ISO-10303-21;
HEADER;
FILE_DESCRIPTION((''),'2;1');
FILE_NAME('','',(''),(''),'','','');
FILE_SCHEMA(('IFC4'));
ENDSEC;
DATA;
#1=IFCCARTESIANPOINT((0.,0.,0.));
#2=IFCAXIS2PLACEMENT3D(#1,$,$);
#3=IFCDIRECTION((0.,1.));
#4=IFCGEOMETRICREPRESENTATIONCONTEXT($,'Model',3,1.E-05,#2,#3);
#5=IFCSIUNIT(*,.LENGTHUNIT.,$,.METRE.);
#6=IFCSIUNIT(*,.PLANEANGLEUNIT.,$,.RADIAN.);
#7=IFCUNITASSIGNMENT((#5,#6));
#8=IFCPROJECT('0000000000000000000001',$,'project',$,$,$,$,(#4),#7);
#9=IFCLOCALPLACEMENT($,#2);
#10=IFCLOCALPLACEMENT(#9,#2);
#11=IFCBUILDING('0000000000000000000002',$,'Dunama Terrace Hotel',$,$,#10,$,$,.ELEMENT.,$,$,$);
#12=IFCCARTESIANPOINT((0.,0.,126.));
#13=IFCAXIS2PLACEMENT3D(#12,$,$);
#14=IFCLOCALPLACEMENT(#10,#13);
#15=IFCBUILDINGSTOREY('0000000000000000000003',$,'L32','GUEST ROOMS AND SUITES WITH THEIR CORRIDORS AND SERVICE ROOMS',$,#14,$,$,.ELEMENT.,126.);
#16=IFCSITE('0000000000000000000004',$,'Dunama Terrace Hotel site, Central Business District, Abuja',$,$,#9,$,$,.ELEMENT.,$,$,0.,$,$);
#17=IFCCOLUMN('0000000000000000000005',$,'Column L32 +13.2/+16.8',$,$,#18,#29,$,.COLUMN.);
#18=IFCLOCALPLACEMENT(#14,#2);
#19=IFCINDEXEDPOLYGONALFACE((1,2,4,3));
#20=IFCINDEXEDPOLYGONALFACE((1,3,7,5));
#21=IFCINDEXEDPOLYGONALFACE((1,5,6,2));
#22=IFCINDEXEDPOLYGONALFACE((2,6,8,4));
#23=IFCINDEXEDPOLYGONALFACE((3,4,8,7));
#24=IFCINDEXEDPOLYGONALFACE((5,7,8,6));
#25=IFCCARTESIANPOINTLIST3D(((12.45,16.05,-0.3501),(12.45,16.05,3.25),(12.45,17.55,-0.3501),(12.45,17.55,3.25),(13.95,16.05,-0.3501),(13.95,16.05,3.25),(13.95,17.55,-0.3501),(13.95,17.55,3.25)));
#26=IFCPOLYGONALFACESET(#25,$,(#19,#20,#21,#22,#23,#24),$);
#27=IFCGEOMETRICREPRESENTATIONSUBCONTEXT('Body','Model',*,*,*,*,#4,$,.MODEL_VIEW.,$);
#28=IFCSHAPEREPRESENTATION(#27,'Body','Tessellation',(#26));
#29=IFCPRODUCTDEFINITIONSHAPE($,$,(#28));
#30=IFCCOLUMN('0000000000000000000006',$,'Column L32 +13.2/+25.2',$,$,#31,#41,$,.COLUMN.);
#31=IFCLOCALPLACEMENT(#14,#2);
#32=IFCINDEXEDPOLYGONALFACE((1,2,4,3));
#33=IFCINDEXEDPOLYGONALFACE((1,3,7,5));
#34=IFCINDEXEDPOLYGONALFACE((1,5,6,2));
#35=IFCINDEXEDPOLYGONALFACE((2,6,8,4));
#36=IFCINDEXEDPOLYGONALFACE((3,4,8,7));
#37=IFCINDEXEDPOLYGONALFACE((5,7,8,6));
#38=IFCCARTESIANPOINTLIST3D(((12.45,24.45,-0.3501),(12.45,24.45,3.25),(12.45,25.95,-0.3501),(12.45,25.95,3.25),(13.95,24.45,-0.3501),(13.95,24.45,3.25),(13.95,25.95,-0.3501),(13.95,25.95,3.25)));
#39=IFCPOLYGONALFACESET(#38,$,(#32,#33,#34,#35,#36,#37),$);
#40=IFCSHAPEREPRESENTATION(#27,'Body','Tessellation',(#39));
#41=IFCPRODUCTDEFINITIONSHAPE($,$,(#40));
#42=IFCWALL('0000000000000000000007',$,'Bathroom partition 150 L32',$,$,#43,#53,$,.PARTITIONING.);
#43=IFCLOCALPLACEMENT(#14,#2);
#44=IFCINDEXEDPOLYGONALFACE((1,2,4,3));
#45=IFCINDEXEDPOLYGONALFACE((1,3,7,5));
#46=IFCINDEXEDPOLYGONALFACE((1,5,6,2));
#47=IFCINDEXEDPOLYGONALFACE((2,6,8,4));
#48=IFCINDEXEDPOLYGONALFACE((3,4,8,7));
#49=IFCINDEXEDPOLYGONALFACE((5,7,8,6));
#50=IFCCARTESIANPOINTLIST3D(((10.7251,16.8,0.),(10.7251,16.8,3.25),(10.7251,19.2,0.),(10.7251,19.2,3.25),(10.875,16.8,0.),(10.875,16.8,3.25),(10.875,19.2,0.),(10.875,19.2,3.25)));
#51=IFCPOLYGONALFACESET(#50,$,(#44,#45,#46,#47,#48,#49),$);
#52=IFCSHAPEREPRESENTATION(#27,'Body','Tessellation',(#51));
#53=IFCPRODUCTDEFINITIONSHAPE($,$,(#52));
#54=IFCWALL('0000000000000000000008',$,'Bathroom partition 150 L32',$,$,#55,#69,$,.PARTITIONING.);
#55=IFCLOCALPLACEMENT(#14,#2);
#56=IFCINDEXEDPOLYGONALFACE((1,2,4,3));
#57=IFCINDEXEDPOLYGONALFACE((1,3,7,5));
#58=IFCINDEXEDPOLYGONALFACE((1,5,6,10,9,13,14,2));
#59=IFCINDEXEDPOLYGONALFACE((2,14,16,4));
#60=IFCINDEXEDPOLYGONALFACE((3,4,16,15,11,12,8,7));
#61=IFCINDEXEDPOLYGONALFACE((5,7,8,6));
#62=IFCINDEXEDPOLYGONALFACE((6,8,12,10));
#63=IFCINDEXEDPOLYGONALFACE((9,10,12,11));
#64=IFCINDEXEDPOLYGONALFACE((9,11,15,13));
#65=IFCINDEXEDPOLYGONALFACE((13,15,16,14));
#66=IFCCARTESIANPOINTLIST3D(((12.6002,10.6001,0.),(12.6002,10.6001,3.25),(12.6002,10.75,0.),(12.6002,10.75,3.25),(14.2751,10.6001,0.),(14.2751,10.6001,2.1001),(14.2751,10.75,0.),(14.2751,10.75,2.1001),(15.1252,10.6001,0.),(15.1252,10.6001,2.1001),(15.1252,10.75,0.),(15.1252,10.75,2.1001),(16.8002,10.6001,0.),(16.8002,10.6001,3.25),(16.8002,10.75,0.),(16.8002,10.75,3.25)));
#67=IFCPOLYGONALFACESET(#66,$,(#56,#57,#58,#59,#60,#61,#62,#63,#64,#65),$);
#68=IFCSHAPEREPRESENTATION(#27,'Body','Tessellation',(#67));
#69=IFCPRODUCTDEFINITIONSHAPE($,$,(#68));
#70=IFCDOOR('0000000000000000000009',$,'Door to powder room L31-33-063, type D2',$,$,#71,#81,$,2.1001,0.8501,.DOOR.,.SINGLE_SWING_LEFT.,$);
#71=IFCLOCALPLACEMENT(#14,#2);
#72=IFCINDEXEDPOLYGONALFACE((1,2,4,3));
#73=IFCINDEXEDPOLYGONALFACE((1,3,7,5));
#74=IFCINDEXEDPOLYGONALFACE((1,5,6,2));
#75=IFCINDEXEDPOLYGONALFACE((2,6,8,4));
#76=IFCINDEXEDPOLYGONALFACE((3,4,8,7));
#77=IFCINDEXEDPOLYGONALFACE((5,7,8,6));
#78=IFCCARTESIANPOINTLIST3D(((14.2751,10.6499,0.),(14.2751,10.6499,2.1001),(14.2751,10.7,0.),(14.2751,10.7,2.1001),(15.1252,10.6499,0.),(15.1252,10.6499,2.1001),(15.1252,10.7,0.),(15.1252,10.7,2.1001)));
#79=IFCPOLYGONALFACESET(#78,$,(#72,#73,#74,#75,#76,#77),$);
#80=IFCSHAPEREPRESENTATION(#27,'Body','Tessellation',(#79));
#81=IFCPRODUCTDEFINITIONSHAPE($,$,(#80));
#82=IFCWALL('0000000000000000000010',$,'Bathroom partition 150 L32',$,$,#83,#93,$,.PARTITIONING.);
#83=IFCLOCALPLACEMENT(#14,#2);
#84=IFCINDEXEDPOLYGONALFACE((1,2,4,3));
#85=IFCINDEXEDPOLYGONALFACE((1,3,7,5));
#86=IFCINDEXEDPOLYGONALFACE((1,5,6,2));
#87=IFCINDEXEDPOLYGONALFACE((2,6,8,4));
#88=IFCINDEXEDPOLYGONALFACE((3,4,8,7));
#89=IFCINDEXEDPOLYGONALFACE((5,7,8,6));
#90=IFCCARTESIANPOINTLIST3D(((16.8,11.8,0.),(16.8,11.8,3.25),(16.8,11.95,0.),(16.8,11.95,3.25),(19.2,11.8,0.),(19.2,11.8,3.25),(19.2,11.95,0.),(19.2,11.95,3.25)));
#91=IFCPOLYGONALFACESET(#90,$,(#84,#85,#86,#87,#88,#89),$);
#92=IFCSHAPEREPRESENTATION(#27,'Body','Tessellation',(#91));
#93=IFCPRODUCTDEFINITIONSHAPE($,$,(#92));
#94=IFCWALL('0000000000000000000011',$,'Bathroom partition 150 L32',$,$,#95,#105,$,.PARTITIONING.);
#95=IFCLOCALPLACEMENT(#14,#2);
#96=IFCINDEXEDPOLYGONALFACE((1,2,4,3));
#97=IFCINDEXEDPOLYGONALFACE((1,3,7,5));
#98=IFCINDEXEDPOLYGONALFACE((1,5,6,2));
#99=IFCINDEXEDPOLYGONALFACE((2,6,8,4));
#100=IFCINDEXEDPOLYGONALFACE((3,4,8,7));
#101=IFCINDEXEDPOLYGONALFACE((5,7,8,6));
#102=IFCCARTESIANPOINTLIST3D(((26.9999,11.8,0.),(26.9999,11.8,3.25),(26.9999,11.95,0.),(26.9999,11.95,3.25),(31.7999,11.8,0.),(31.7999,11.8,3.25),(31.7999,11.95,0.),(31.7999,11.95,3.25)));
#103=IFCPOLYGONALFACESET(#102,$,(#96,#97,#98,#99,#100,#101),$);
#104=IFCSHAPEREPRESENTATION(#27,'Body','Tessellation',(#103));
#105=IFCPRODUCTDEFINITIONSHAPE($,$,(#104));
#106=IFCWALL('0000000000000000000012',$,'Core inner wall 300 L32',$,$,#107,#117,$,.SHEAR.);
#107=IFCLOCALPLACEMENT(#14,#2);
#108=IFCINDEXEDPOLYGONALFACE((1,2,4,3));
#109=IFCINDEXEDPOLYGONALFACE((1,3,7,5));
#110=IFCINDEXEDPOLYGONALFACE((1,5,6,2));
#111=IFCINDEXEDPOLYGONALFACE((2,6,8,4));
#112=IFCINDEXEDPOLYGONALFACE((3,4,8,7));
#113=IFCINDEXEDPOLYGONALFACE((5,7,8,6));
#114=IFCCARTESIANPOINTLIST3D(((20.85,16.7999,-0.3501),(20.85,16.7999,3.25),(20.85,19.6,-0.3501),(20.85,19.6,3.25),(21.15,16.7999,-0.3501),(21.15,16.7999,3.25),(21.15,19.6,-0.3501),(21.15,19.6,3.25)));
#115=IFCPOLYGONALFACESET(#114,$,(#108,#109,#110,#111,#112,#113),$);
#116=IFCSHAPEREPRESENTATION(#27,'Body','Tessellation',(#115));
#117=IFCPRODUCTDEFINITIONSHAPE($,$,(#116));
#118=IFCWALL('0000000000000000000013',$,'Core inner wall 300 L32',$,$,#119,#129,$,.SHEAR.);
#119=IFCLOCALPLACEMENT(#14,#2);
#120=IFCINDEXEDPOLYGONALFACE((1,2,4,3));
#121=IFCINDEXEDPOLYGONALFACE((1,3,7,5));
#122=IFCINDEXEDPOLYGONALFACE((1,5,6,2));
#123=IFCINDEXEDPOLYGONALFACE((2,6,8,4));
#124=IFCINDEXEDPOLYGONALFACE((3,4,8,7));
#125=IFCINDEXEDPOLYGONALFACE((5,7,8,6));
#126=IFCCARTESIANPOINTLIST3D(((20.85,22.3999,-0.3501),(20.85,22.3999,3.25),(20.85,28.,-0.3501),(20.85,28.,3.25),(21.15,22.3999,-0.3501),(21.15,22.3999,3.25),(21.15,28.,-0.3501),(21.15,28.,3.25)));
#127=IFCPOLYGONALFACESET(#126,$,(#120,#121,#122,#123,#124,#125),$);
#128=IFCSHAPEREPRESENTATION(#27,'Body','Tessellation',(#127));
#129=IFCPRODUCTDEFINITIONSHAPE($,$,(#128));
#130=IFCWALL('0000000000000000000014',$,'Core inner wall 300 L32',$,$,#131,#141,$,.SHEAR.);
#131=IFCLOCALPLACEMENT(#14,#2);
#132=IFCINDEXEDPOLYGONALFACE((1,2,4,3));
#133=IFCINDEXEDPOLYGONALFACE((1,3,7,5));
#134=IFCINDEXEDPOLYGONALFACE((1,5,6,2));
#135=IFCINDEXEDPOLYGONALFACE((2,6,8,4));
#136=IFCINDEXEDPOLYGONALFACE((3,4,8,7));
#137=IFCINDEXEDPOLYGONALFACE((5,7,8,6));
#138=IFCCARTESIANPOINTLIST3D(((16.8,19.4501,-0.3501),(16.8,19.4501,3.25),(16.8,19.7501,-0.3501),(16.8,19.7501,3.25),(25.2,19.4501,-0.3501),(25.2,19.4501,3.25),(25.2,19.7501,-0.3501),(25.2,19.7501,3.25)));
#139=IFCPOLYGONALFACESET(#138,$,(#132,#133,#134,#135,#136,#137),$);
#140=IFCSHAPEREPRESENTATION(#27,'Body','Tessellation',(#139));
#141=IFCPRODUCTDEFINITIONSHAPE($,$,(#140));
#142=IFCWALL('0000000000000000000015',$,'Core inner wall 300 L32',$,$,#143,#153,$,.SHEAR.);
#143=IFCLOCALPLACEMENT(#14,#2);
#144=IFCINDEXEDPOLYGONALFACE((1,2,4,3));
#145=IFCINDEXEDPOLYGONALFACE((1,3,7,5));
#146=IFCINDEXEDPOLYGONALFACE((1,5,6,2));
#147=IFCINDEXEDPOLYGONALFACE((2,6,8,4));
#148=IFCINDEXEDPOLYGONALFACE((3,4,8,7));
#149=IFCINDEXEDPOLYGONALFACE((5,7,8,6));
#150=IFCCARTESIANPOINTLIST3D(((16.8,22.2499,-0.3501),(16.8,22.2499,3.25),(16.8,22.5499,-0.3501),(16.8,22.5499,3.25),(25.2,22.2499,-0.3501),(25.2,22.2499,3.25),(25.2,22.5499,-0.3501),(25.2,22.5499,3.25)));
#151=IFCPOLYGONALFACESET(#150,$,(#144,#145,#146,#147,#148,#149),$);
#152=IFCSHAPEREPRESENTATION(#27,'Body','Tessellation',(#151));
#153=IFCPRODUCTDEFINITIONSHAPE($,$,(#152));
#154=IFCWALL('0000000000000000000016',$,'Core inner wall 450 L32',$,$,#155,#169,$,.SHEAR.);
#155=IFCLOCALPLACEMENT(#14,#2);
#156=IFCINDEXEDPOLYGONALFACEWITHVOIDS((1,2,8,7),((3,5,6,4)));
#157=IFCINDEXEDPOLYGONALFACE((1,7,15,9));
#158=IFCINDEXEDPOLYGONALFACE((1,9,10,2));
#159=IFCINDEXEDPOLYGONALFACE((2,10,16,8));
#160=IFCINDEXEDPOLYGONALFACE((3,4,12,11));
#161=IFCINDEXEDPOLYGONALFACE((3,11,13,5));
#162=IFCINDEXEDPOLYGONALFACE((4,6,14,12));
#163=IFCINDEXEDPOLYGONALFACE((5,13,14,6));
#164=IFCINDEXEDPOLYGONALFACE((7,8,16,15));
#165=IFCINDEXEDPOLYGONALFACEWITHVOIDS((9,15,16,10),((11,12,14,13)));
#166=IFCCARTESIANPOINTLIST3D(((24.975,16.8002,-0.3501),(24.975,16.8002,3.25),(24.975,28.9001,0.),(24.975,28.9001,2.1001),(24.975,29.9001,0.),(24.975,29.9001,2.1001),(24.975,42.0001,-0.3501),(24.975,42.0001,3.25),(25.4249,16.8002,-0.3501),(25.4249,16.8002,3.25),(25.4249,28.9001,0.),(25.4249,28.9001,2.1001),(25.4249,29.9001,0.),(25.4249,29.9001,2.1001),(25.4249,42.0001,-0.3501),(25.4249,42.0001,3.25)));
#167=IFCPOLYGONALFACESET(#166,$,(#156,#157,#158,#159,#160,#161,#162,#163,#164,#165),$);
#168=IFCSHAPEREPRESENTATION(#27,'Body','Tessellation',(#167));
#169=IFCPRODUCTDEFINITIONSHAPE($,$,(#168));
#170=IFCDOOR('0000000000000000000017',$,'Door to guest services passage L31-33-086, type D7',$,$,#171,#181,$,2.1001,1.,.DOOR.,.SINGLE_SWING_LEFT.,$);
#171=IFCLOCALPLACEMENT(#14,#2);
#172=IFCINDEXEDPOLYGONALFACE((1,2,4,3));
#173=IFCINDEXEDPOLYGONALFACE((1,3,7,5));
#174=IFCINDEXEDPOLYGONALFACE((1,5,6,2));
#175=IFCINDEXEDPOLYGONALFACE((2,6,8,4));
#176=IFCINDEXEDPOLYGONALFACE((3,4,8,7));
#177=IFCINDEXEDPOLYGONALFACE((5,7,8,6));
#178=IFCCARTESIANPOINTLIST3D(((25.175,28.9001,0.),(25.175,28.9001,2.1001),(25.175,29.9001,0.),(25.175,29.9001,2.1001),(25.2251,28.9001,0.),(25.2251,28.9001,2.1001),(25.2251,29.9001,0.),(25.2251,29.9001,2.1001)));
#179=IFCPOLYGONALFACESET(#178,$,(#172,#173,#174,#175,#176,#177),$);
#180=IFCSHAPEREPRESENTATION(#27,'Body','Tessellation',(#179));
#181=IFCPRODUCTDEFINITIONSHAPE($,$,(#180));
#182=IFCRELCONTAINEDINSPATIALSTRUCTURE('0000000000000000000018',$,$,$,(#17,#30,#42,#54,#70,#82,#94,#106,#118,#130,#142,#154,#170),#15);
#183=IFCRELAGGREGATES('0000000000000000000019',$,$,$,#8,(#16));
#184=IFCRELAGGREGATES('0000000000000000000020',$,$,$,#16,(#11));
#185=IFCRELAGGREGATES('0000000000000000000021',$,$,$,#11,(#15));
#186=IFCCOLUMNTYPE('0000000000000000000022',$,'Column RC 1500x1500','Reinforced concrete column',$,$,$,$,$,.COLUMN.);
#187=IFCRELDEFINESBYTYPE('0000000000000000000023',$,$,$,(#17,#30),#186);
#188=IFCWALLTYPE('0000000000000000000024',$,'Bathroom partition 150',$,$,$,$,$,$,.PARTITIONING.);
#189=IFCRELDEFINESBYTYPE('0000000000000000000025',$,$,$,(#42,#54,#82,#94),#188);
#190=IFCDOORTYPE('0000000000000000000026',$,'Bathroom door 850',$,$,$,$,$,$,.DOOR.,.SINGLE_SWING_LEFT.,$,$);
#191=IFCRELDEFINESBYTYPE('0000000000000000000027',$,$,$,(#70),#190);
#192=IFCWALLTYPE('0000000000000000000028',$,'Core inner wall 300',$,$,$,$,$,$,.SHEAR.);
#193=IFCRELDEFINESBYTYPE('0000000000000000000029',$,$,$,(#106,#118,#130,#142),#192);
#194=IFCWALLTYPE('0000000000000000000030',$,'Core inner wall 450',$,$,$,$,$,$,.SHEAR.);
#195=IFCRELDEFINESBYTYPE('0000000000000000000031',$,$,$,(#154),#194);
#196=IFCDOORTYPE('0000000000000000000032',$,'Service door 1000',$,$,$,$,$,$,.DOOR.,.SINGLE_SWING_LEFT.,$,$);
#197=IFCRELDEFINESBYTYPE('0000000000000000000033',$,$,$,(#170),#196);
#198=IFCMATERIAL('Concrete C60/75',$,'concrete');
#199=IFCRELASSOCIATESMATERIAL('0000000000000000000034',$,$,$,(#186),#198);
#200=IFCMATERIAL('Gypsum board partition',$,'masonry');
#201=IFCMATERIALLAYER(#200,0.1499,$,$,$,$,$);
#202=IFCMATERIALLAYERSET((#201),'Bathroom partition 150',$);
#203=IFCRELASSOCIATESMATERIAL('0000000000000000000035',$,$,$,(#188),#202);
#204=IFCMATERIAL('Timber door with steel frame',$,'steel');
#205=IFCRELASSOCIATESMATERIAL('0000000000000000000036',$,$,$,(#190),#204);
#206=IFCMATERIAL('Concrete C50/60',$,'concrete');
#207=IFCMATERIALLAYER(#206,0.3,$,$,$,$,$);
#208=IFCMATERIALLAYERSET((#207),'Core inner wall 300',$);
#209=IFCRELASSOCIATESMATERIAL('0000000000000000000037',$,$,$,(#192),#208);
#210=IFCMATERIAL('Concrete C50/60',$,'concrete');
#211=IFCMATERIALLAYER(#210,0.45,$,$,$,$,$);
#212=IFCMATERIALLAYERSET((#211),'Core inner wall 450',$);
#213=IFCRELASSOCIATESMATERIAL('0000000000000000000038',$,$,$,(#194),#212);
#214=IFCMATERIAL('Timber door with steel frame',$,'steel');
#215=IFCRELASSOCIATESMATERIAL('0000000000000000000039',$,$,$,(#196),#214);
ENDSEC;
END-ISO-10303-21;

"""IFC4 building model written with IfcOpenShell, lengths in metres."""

from ifc_helpers import new_model, si_unit, direction, frame, frame_2d, origin, origin_2d, place, context, subcontext, project, spatial, rectangle, extrude, material, layer, layer_set, material_profile, profile_set, type_object, element, fill, save


model = new_model("IFC4")

# Units and contexts
model_context = context("Model", 3, precision=1e-05, world=origin(), true_north=direction((0.0, 1.0)))
body_context = subcontext(model_context, "Body", "Model", "MODEL_VIEW")
ifc_project = project(units=[si_unit("LENGTHUNIT", "METRE"), si_unit("PLANEANGLEUNIT", "RADIAN")], contexts=[model_context])

# Site, building, storey
site_placement = place(None, origin())
site = spatial("IfcSite", under=ifc_project, at=site_placement, Name="Dunama Terrace Hotel site, Central Business District, Abuja", CompositionType="ELEMENT", RefElevation=0.0)
building_placement = place(site_placement, origin())
building = spatial("IfcBuilding", under=site, at=building_placement, Name="Dunama Terrace Hotel", CompositionType="ELEMENT")
storey_placement = place(building_placement, frame((0.0, 0.0, 126.0)))
storey = spatial("IfcBuildingStorey", under=building, at=storey_placement, Name="L32", Description="GUEST ROOMS AND SUITES WITH THEIR CORRIDORS AND SERVICE ROOMS", CompositionType="ELEMENT", Elevation=126.0)

# Columns
ifc_material_1 = material(Name="Concrete C60/75", Category="concrete")
ifc_material_profile = material_profile(ifc_material_1, rectangle(XDim=1.5, YDim=1.5, at=origin_2d()), Name="RC 1500x1500")
ifc_profile_set = profile_set([ifc_material_profile], Name="Concrete C60/75")
column_type = type_object("IfcColumnType", Name="Column RC 1500x1500", Description="Reinforced concrete column", PredefinedType="COLUMN", material=ifc_profile_set)
for number, where, z_axis, x_axis, name in (
    (1, (13.2, 16.8, -0.3501), (0.0, 0.0, 1.0), (1.0, 0.0, 0.0), "Column L32 +13.2/+16.8"),
    (2, (13.2, 25.2, -0.3501), (0.0, 0.0, 1.0), (1.0, 0.0, 0.0), "Column L32 +13.2/+25.2"),
):
    element("IfcColumn", number, at=place(storey_placement, frame(where, z_axis=z_axis, x_axis=x_axis)), inside=storey, type_object=column_type, Name=name, PredefinedType="COLUMN", context=body_context, shape_type="SweptSolid", body=[
        extrude(rectangle(XDim=1.5, YDim=1.5, at=origin_2d()), origin(), (0.0, 0.0, 1.0), 3.6001),
    ])

# Wall
ifc_material_2 = material(Name="Gypsum board partition", Category="masonry")
ifc_layer_1 = layer(ifc_material_2, 0.1499)
ifc_layer_set_1 = layer_set([ifc_layer_1], Name="Bathroom partition 150")
wall_type_1 = type_object("IfcWallType", Name="Bathroom partition 150", PredefinedType="PARTITIONING", material=ifc_layer_set_1)
wall_1_placement = place(storey_placement, frame((10.8, 16.8, 0.0), z_axis=(0.0, 0.0, 1.0), x_axis=(0.0, 1.0, 0.0)))
element("IfcWall", 3, at=wall_1_placement, inside=storey, type_object=wall_type_1, Name="Bathroom partition 150 L32", PredefinedType="PARTITIONING", context=body_context, shape_type="SweptSolid", body=[
    extrude(rectangle(XDim=2.3999, YDim=0.1499, at=frame_2d((1.2, 0.0))), origin(), (0.0, 0.0, 1.0), 3.25),
])

# Wall, opening, door
wall_2_placement = place(storey_placement, frame((12.6001, 10.675, 0.0), z_axis=(0.0, 0.0, 1.0), x_axis=(1.0, 0.0, 0.0)))
wall_2 = element("IfcWall", 4, at=wall_2_placement, inside=storey, type_object=wall_type_1, Name="Bathroom partition 150 L32", PredefinedType="PARTITIONING", context=body_context, shape_type="SweptSolid", body=[
    extrude(rectangle(XDim=4.2, YDim=0.1499, at=frame_2d((2.1001, 0.0))), origin(), (0.0, 0.0, 1.0), 3.25),
])
opening_1_placement = place(wall_2_placement, frame((1.675, 0.0, 0.0)))
opening_1 = element("IfcOpeningElement", 5, at=opening_1_placement, cuts=wall_2, PredefinedType="OPENING", context=body_context, shape_type="SweptSolid", body=[
    extrude(rectangle(XDim=0.8501, YDim=2.1001, at=frame_2d((0.425, 1.05))), frame((0.0, 0.085, 0.0), z_axis=(0.0, -1.0, 0.0), x_axis=(1.0, 0.0, 0.0)), (0.0, 0.0, 1.0), 0.1699),
])
ifc_material_3 = material(Name="Timber door with steel frame", Category="steel")
door_type_1 = type_object("IfcDoorType", Name="Bathroom door 850", OperationType="SINGLE_SWING_LEFT", PredefinedType="DOOR", material=ifc_material_3)
door_1_placement = place(opening_1_placement, origin())
door_1 = element("IfcDoor", 6, at=door_1_placement, inside=storey, type_object=door_type_1, Name="Door to powder room L31-33-063, type D2", OperationType="SINGLE_SWING_LEFT", OverallHeight=2.1001, OverallWidth=0.8501, PredefinedType="DOOR", context=body_context, shape_type="SweptSolid", body=[
    extrude(rectangle(XDim=0.8501, YDim=2.1001, at=frame_2d((0.425, 1.05))), frame((0.0, 0.0249, 0.0), z_axis=(0.0, -1.0, 0.0), x_axis=(1.0, 0.0, 0.0)), (0.0, 0.0, 1.0), 0.05),
])
fill(opening_1, door_1)

# Walls
wall_3_placement = place(storey_placement, frame((16.8, 11.875, 0.0), z_axis=(0.0, 0.0, 1.0), x_axis=(1.0, 0.0, 0.0)))
element("IfcWall", 7, at=wall_3_placement, inside=storey, type_object=wall_type_1, Name="Bathroom partition 150 L32", PredefinedType="PARTITIONING", context=body_context, shape_type="SweptSolid", body=[
    extrude(rectangle(XDim=2.3999, YDim=0.1499, at=frame_2d((1.2, 0.0))), origin(), (0.0, 0.0, 1.0), 3.25),
])
wall_4_placement = place(storey_placement, frame((27.0, 11.875, 0.0), z_axis=(0.0, 0.0, 1.0), x_axis=(1.0, 0.0, 0.0)))
element("IfcWall", 8, at=wall_4_placement, inside=storey, type_object=wall_type_1, Name="Bathroom partition 150 L32", PredefinedType="PARTITIONING", context=body_context, shape_type="SweptSolid", body=[
    extrude(rectangle(XDim=4.8, YDim=0.1499, at=frame_2d((2.3999, 0.0))), origin(), (0.0, 0.0, 1.0), 3.25),
])
ifc_material_4 = material(Name="Concrete C50/60", Category="concrete")
ifc_layer_2 = layer(ifc_material_4, 0.3)
ifc_layer_set_2 = layer_set([ifc_layer_2], Name="Core inner wall 300")
wall_type_2 = type_object("IfcWallType", Name="Core inner wall 300", PredefinedType="SHEAR", material=ifc_layer_set_2)
wall_5_placement = place(storey_placement, frame((21.0, 16.8, -0.3501), z_axis=(0.0, 0.0, 1.0), x_axis=(0.0, 1.0, 0.0)))
element("IfcWall", 9, at=wall_5_placement, inside=storey, type_object=wall_type_2, Name="Core inner wall 300 L32", PredefinedType="SHEAR", context=body_context, shape_type="SweptSolid", body=[
    extrude(rectangle(XDim=2.8, YDim=0.3, at=frame_2d((1.3999, 0.0))), origin(), (0.0, 0.0, 1.0), 3.6001),
])
wall_6_placement = place(storey_placement, frame((21.0, 22.3999, -0.3501), z_axis=(0.0, 0.0, 1.0), x_axis=(0.0, 1.0, 0.0)))
element("IfcWall", 10, at=wall_6_placement, inside=storey, type_object=wall_type_2, Name="Core inner wall 300 L32", PredefinedType="SHEAR", context=body_context, shape_type="SweptSolid", body=[
    extrude(rectangle(XDim=5.6001, YDim=0.3, at=frame_2d((2.8, 0.0))), origin(), (0.0, 0.0, 1.0), 3.6001),
])
for number, where, z_axis, x_axis, name in (
    (11, (16.8, 19.6001, -0.3501), (0.0, 0.0, 1.0), (1.0, 0.0, 0.0), "Core inner wall 300 L32"),
    (12, (16.8, 22.3999, -0.3501), (0.0, 0.0, 1.0), (1.0, 0.0, 0.0), "Core inner wall 300 L32"),
):
    element("IfcWall", number, at=place(storey_placement, frame(where, z_axis=z_axis, x_axis=x_axis)), inside=storey, type_object=wall_type_2, Name=name, PredefinedType="SHEAR", context=body_context, shape_type="SweptSolid", body=[
        extrude(rectangle(XDim=8.3999, YDim=0.3, at=frame_2d((4.2, 0.0))), origin(), (0.0, 0.0, 1.0), 3.6001),
    ])

# Wall, opening, door
ifc_material_5 = material(Name="Concrete C50/60", Category="concrete")
ifc_layer_3 = layer(ifc_material_5, 0.45)
ifc_layer_set_3 = layer_set([ifc_layer_3], Name="Core inner wall 450")
wall_type_3 = type_object("IfcWallType", Name="Core inner wall 450", PredefinedType="SHEAR", material=ifc_layer_set_3)
wall_7_placement = place(storey_placement, frame((25.2, 16.8, -0.3501), z_axis=(0.0, 0.0, 1.0), x_axis=(0.0, 1.0, 0.0)))
wall_7 = element("IfcWall", 13, at=wall_7_placement, inside=storey, type_object=wall_type_3, Name="Core inner wall 450 L32", PredefinedType="SHEAR", context=body_context, shape_type="SweptSolid", body=[
    extrude(rectangle(XDim=25.2, YDim=0.45, at=frame_2d((12.6001, 0.0))), origin(), (0.0, 0.0, 1.0), 3.6001),
])
opening_2_placement = place(wall_7_placement, frame((12.1001, 0.0, 0.3501)))
opening_2 = element("IfcOpeningElement", 14, at=opening_2_placement, cuts=wall_7, PredefinedType="OPENING", context=body_context, shape_type="SweptSolid", body=[
    extrude(rectangle(XDim=1.0, YDim=2.1001, at=frame_2d((0.5, 1.05))), frame((0.0, 0.2349, 0.0), z_axis=(0.0, -1.0, 0.0), x_axis=(1.0, 0.0, 0.0)), (0.0, 0.0, 1.0), 0.47),
])
ifc_material_6 = material(Name="Timber door with steel frame", Category="steel")
door_type_2 = type_object("IfcDoorType", Name="Service door 1000", OperationType="SINGLE_SWING_LEFT", PredefinedType="DOOR", material=ifc_material_6)
door_2_placement = place(opening_2_placement, origin())
door_2 = element("IfcDoor", 15, at=door_2_placement, inside=storey, type_object=door_type_2, Name="Door to guest services passage L31-33-086, type D7", OperationType="SINGLE_SWING_LEFT", OverallHeight=2.1001, OverallWidth=1.0, PredefinedType="DOOR", context=body_context, shape_type="SweptSolid", body=[
    extrude(rectangle(XDim=1.0, YDim=2.1001, at=frame_2d((0.5, 1.05))), frame((0.0, 0.0249, 0.0), z_axis=(0.0, -1.0, 0.0), x_axis=(1.0, 0.0, 0.0)), (0.0, 0.0, 1.0), 0.05),
])
fill(opening_2, door_2)

save(model, "model.ifc")
